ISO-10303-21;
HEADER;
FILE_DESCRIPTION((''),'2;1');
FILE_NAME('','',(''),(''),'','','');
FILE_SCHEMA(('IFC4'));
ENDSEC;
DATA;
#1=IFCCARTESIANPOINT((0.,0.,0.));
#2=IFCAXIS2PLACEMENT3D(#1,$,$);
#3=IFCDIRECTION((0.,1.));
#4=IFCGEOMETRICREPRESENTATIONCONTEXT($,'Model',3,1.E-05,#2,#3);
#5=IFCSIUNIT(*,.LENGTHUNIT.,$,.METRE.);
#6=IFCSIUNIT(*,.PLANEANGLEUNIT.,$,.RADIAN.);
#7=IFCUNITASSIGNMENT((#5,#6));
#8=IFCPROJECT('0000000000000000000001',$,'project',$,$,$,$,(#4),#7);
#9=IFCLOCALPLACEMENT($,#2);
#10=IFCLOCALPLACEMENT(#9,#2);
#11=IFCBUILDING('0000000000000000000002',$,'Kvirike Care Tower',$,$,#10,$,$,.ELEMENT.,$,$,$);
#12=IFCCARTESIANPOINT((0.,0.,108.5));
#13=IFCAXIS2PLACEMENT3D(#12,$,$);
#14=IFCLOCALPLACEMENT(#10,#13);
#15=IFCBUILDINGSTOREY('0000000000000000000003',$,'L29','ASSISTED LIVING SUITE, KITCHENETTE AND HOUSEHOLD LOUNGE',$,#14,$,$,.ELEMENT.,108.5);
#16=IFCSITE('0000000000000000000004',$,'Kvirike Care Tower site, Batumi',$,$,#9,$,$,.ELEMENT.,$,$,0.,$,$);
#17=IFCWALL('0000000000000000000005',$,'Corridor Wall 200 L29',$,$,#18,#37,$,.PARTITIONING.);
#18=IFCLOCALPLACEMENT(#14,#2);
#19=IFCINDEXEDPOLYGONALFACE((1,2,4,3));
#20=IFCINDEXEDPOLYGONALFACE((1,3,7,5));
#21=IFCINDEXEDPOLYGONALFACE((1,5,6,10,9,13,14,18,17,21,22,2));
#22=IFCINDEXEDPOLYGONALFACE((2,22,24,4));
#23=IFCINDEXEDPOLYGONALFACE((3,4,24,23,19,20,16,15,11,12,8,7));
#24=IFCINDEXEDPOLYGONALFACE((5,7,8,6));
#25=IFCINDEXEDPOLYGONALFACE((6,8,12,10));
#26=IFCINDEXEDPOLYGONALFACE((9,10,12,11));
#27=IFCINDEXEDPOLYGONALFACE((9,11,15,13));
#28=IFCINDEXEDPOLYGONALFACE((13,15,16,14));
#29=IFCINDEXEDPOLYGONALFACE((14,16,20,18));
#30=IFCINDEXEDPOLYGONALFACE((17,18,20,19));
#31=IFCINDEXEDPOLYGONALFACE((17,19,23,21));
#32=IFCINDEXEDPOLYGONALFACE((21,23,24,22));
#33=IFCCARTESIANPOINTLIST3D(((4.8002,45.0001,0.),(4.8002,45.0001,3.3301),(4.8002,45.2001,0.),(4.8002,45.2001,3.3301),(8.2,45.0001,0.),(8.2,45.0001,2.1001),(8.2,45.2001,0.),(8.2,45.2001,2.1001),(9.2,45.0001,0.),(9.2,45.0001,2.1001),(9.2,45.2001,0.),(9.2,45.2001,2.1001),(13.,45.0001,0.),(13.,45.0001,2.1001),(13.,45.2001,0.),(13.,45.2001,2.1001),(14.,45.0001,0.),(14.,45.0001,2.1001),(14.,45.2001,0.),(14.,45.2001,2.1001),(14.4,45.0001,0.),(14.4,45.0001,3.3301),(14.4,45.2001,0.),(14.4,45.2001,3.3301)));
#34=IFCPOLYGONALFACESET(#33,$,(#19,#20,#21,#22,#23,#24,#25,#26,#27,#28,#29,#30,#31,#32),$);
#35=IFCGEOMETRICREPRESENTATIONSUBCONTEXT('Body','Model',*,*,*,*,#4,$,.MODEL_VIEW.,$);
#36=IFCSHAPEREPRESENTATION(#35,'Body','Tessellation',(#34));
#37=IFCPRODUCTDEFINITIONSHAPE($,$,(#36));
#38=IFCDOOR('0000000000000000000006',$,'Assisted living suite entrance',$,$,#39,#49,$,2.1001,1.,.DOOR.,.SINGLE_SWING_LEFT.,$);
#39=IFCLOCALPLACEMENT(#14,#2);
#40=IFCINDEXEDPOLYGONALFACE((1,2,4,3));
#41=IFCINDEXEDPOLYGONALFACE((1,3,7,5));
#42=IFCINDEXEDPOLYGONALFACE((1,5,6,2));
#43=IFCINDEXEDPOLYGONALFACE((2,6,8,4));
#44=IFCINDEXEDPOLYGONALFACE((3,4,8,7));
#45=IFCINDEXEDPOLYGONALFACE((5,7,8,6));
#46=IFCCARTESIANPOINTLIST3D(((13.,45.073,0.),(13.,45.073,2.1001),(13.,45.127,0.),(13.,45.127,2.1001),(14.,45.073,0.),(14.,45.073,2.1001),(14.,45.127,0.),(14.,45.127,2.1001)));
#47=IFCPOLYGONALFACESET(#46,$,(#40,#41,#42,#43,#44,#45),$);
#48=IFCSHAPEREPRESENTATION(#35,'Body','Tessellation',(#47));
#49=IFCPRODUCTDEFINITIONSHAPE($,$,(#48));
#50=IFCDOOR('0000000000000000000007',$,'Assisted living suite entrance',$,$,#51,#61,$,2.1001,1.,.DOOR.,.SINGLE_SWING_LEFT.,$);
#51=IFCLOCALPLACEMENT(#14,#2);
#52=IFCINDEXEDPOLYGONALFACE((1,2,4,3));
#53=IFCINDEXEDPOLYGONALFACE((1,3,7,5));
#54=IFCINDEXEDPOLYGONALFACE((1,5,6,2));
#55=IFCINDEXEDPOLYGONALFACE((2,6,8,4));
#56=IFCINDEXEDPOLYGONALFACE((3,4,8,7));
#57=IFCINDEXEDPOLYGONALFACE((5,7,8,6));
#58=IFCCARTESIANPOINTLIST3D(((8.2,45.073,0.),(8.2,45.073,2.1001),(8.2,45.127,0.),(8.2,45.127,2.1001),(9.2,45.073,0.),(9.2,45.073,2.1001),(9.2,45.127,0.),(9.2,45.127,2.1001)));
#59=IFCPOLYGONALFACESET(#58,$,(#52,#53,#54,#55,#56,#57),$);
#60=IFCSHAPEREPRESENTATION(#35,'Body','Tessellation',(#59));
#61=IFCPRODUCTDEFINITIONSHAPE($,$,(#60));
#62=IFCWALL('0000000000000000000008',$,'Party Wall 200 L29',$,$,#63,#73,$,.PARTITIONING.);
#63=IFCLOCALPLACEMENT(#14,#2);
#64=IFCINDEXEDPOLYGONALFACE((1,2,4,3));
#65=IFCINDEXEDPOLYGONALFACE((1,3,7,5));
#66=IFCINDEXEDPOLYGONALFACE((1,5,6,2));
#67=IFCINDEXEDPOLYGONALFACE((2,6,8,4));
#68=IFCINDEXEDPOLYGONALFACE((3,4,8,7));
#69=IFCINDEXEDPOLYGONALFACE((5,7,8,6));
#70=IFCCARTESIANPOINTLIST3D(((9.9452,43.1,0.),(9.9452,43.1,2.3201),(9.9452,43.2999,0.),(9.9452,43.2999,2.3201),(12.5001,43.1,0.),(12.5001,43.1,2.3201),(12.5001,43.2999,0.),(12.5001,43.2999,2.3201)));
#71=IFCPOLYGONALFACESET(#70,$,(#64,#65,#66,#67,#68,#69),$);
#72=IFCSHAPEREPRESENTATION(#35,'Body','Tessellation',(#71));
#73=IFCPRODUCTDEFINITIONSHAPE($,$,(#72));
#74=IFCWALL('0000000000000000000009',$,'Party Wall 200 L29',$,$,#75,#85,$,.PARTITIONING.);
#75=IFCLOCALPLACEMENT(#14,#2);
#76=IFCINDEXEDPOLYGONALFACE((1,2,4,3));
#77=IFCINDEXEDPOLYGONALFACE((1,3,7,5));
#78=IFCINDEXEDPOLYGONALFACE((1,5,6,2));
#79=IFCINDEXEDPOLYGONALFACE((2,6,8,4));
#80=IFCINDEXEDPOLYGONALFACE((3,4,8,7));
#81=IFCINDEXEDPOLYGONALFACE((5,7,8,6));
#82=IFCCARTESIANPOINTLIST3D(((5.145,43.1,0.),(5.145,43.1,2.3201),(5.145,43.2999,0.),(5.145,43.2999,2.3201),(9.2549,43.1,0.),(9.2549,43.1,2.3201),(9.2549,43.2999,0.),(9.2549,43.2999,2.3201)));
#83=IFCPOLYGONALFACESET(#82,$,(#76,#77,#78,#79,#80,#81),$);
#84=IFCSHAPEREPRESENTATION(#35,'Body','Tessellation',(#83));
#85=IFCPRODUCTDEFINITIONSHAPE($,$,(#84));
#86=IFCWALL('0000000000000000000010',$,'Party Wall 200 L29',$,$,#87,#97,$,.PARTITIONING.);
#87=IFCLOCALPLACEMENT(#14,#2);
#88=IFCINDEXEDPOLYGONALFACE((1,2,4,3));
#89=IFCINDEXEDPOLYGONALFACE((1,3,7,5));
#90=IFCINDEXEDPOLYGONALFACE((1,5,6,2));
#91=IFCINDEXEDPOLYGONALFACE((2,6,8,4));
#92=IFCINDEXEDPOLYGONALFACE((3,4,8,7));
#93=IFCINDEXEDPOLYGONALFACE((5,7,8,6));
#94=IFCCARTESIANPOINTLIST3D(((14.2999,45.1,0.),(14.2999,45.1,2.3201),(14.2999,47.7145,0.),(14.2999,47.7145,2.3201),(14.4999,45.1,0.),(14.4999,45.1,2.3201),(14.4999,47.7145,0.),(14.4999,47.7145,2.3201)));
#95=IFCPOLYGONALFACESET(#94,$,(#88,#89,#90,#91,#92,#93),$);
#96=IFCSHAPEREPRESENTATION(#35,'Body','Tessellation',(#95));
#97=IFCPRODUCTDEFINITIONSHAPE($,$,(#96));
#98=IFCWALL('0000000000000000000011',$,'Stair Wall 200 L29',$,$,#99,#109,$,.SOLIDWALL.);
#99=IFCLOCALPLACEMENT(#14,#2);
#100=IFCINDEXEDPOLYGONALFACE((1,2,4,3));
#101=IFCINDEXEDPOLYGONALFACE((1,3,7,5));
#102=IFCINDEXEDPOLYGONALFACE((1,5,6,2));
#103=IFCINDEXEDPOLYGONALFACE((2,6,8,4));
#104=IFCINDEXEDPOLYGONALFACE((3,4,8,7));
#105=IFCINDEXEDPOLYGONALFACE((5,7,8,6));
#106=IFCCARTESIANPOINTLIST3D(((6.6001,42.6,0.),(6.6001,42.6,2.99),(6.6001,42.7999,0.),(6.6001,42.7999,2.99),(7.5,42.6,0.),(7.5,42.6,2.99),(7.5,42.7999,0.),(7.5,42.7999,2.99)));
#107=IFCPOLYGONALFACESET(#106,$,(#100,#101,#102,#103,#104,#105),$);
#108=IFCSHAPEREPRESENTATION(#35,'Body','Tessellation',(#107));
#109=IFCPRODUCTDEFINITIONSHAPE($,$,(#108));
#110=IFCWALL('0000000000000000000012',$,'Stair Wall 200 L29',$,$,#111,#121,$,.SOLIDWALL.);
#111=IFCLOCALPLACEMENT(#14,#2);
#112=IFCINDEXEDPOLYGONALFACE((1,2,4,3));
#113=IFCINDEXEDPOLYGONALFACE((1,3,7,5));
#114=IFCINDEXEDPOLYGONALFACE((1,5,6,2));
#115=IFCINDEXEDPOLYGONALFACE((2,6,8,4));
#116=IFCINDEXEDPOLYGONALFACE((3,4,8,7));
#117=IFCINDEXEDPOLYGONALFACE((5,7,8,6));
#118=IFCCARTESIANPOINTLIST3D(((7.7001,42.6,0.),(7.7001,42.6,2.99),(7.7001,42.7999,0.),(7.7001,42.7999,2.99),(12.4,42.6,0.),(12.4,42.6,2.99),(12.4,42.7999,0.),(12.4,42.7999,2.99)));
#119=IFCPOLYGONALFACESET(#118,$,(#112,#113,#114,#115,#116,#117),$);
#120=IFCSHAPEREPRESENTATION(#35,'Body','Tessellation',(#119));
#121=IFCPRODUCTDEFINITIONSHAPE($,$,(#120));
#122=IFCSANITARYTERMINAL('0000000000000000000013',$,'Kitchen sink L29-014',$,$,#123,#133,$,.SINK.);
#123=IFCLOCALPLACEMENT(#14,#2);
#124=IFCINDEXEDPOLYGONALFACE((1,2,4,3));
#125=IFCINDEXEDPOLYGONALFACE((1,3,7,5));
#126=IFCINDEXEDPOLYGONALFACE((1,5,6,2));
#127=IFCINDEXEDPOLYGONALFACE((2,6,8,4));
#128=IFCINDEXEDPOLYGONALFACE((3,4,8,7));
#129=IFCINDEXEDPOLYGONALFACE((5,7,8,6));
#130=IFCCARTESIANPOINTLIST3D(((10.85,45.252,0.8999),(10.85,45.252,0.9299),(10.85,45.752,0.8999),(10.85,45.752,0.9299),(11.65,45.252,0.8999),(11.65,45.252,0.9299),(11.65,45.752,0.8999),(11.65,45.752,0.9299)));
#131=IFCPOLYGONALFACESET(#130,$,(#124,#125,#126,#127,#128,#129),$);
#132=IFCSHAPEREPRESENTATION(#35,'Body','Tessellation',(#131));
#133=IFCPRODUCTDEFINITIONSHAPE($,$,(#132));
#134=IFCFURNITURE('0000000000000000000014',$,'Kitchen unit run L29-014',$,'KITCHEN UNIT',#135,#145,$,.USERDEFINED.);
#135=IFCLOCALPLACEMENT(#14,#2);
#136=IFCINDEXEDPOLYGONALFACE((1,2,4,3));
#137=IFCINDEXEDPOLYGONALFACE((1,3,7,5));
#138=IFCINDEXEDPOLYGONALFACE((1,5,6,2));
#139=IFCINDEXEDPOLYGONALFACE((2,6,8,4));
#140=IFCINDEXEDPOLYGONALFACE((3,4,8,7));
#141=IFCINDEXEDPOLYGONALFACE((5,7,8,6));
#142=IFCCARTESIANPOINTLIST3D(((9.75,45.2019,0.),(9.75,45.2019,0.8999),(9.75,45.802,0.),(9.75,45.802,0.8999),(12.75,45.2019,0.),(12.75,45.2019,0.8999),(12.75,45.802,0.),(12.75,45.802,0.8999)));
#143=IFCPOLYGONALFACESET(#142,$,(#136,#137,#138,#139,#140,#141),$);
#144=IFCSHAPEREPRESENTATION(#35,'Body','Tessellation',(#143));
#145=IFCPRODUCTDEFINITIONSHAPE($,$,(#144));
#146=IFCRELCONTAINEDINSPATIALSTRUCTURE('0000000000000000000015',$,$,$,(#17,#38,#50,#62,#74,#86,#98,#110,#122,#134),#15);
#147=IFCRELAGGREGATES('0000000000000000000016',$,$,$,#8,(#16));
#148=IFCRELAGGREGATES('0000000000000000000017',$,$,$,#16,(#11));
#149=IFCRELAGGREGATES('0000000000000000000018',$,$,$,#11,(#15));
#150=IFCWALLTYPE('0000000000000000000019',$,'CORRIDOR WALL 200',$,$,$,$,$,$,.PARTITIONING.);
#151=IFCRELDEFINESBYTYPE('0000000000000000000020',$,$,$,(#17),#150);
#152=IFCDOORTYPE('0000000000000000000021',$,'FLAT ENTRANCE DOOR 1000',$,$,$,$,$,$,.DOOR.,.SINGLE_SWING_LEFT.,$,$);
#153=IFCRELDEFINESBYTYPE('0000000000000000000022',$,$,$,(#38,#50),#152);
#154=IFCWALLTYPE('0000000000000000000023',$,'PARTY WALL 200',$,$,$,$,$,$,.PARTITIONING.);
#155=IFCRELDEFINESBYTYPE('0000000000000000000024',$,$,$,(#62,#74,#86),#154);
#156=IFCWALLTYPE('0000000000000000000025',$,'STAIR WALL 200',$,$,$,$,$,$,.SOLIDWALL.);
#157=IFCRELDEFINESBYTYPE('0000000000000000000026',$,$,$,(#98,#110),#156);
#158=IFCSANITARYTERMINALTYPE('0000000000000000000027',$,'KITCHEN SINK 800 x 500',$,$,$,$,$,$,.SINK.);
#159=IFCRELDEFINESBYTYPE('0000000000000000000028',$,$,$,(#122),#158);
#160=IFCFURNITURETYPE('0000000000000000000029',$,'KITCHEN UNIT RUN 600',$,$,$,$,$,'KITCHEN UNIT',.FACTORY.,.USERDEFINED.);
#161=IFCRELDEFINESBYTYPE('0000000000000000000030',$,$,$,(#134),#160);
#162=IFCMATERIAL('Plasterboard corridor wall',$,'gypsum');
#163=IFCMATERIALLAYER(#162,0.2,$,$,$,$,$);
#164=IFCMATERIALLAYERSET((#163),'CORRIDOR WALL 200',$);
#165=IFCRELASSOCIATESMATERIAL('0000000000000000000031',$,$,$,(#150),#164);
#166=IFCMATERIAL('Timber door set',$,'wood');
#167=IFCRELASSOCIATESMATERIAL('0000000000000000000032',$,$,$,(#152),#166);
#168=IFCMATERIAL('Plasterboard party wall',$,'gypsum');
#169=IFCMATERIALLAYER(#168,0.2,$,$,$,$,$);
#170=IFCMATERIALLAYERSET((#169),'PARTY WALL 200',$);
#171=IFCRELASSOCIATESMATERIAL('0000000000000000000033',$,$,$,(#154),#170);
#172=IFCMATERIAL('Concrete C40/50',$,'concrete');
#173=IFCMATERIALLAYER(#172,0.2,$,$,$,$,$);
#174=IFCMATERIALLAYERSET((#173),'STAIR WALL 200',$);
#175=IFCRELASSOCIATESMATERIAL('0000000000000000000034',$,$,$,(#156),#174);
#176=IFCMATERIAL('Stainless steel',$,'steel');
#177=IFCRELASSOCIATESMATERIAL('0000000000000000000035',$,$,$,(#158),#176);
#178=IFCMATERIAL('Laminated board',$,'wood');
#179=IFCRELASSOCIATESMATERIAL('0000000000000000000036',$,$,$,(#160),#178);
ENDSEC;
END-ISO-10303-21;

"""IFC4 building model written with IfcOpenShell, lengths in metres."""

from ifc_helpers import new_model, si_unit, direction, frame, frame_2d, origin, origin_2d, place, context, subcontext, project, spatial, rectangle, extrude, material, layer, layer_set, type_object, element, fill, save


model = new_model("IFC4")

# Units and contexts
model_context = context("Model", 3, precision=1e-05, world=origin(), true_north=direction((0.0, 1.0)))
body_context = subcontext(model_context, "Body", "Model", "MODEL_VIEW")
ifc_project = project(units=[si_unit("LENGTHUNIT", "METRE"), si_unit("PLANEANGLEUNIT", "RADIAN")], contexts=[model_context])

# Site, building, storey
site_placement = place(None, origin())
site = spatial("IfcSite", under=ifc_project, at=site_placement, Name="Kvirike Care Tower site, Batumi", CompositionType="ELEMENT", RefElevation=0.0)
building_placement = place(site_placement, origin())
building = spatial("IfcBuilding", under=site, at=building_placement, Name="Kvirike Care Tower", CompositionType="ELEMENT")
storey_placement = place(building_placement, frame((0.0, 0.0, 108.5)))
storey = spatial("IfcBuildingStorey", under=building, at=storey_placement, Name="L29", Description="ASSISTED LIVING SUITE, KITCHENETTE AND HOUSEHOLD LOUNGE", CompositionType="ELEMENT", Elevation=108.5)

# Wall, openings, doors
ifc_material_1 = material(Name="Plasterboard corridor wall", Category="gypsum")
ifc_layer_1 = layer(ifc_material_1, 0.2)
ifc_layer_set_1 = layer_set([ifc_layer_1], Name="CORRIDOR WALL 200")
wall_type_1 = type_object("IfcWallType", Name="CORRIDOR WALL 200", PredefinedType="PARTITIONING", material=ifc_layer_set_1)
ifc_material_2 = material(Name="Timber door set", Category="wood")
door_type_1 = type_object("IfcDoorType", Name="FLAT ENTRANCE DOOR 1000", OperationType="SINGLE_SWING_LEFT", PredefinedType="DOOR", material=ifc_material_2)
wall_1_placement = place(storey_placement, frame((14.3999, 45.1001, 0.0), z_axis=(0.0, 0.0, 1.0), x_axis=(-1.0, 0.0, 0.0)))
wall_1 = element("IfcWall", 1, at=wall_1_placement, inside=storey, type_object=wall_type_1, Name="Corridor Wall 200 L29", PredefinedType="PARTITIONING", context=body_context, shape_type="SweptSolid", body=[
    extrude(rectangle(XDim=9.5999, YDim=0.2, at=frame_2d((4.7998, 0.0))), origin(), (0.0, 0.0, 1.0), 3.3301),
])
opening_1_placement = place(wall_1_placement, frame((0.3999, 0.0, 0.0)))
opening_1 = element("IfcOpeningElement", 2, at=opening_1_placement, cuts=wall_1, PredefinedType="OPENING", context=body_context, shape_type="SweptSolid", body=[
    extrude(rectangle(XDim=1.0, YDim=2.1001, at=frame_2d((0.5, 1.05))), frame((0.0, 0.1106, 0.0), z_axis=(0.0, -1.0, 0.0), x_axis=(1.0, 0.0, 0.0)), (0.0, 0.0, 1.0), 0.2209),
])
opening_2_placement = place(wall_1_placement, frame((5.2, 0.0, 0.0)))
opening_2 = element("IfcOpeningElement", 3, at=opening_2_placement, cuts=wall_1, PredefinedType="OPENING", context=body_context, shape_type="SweptSolid", body=[
    extrude(rectangle(XDim=1.0, YDim=2.1001, at=frame_2d((0.5, 1.05))), frame((0.0, 0.1106, 0.0), z_axis=(0.0, -1.0, 0.0), x_axis=(1.0, 0.0, 0.0)), (0.0, 0.0, 1.0), 0.2209),
])
door_1_placement = place(opening_1_placement, frame((1.0, 0.0, 0.0), z_axis=(0.0, 0.0, 1.0), x_axis=(-1.0, 0.0, 0.0)))
door_1 = element("IfcDoor", 4, at=door_1_placement, inside=storey, type_object=door_type_1, Name="Assisted living suite entrance", OperationType="SINGLE_SWING_LEFT", OverallHeight=2.1001, OverallWidth=1.0, PredefinedType="DOOR", context=body_context, shape_type="SweptSolid", body=[
    extrude(rectangle(XDim=1.0, YDim=2.1001, at=frame_2d((0.5, 1.05))), frame((0.0, 0.0269, 0.0), z_axis=(0.0, -1.0, 0.0), x_axis=(1.0, 0.0, 0.0)), (0.0, 0.0, 1.0), 0.054),
])
fill(opening_1, door_1)
door_2_placement = place(opening_2_placement, frame((1.0, 0.0, 0.0), z_axis=(0.0, 0.0, 1.0), x_axis=(-1.0, 0.0, 0.0)))
door_2 = element("IfcDoor", 5, at=door_2_placement, inside=storey, type_object=door_type_1, Name="Assisted living suite entrance", OperationType="SINGLE_SWING_LEFT", OverallHeight=2.1001, OverallWidth=1.0, PredefinedType="DOOR", context=body_context, shape_type="SweptSolid", body=[
    extrude(rectangle(XDim=1.0, YDim=2.1001, at=frame_2d((0.5, 1.05))), frame((0.0, 0.0269, 0.0), z_axis=(0.0, -1.0, 0.0), x_axis=(1.0, 0.0, 0.0)), (0.0, 0.0, 1.0), 0.054),
])
fill(opening_2, door_2)

# Walls
ifc_material_3 = material(Name="Plasterboard party wall", Category="gypsum")
ifc_layer_2 = layer(ifc_material_3, 0.2)
ifc_layer_set_2 = layer_set([ifc_layer_2], Name="PARTY WALL 200")
wall_type_2 = type_object("IfcWallType", Name="PARTY WALL 200", PredefinedType="PARTITIONING", material=ifc_layer_set_2)
wall_2_placement = place(storey_placement, frame((12.5, 43.2, 0.0), z_axis=(0.0, 0.0, 1.0), x_axis=(-1.0, 0.0, 0.0)))
element("IfcWall", 6, at=wall_2_placement, inside=storey, type_object=wall_type_2, Name="Party Wall 200 L29", PredefinedType="PARTITIONING", context=body_context, shape_type="SweptSolid", body=[
    extrude(rectangle(XDim=2.5549, YDim=0.2, at=frame_2d((1.2773, 0.0))), origin(), (0.0, 0.0, 1.0), 2.3201),
])
wall_3_placement = place(storey_placement, frame((9.2549, 43.2, 0.0), z_axis=(0.0, 0.0, 1.0), x_axis=(-1.0, 0.0, 0.0)))
element("IfcWall", 7, at=wall_3_placement, inside=storey, type_object=wall_type_2, Name="Party Wall 200 L29", PredefinedType="PARTITIONING", context=body_context, shape_type="SweptSolid", body=[
    extrude(rectangle(XDim=4.1099, YDim=0.2, at=frame_2d((2.0549, 0.0))), origin(), (0.0, 0.0, 1.0), 2.3201),
])
wall_4_placement = place(storey_placement, frame((14.3999, 45.1001, 0.0), z_axis=(0.0, 0.0, 1.0), x_axis=(0.0, 1.0, 0.0)))
element("IfcWall", 8, at=wall_4_placement, inside=storey, type_object=wall_type_2, Name="Party Wall 200 L29", PredefinedType="PARTITIONING", context=body_context, shape_type="SweptSolid", body=[
    extrude(rectangle(XDim=2.6145, YDim=0.2, at=frame_2d((1.3071, 0.0))), origin(), (0.0, 0.0, 1.0), 2.3201),
])
ifc_material_4 = material(Name="Concrete C40/50", Category="concrete")
ifc_layer_3 = layer(ifc_material_4, 0.2)
ifc_layer_set_3 = layer_set([ifc_layer_3], Name="STAIR WALL 200")
wall_type_3 = type_object("IfcWallType", Name="STAIR WALL 200", PredefinedType="SOLIDWALL", material=ifc_layer_set_3)
wall_5_placement = place(storey_placement, frame((6.6001, 42.7, 0.0), z_axis=(0.0, 0.0, 1.0), x_axis=(1.0, 0.0, 0.0)))
element("IfcWall", 9, at=wall_5_placement, inside=storey, type_object=wall_type_3, Name="Stair Wall 200 L29", PredefinedType="SOLIDWALL", context=body_context, shape_type="SweptSolid", body=[
    extrude(rectangle(XDim=0.8999, YDim=0.2, at=frame_2d((0.45, 0.0))), origin(), (0.0, 0.0, 1.0), 2.99),
])
wall_6_placement = place(storey_placement, frame((7.7, 42.7, 0.0), z_axis=(0.0, 0.0, 1.0), x_axis=(1.0, 0.0, 0.0)))
element("IfcWall", 10, at=wall_6_placement, inside=storey, type_object=wall_type_3, Name="Stair Wall 200 L29", PredefinedType="SOLIDWALL", context=body_context, shape_type="SweptSolid", body=[
    extrude(rectangle(XDim=4.7, YDim=0.2, at=frame_2d((2.3501, 0.0))), origin(), (0.0, 0.0, 1.0), 2.99),
])

# Sanitary terminal
ifc_material_5 = material(Name="Stainless steel", Category="steel")
sanitary_terminal_type = type_object("IfcSanitaryTerminalType", Name="KITCHEN SINK 800 x 500", PredefinedType="SINK", material=ifc_material_5)
sanitary_terminal_placement = place(storey_placement, frame((11.25, 45.502, 0.8999), z_axis=(0.0, 0.0, 1.0), x_axis=(-1.0, 0.0, 0.0)))
element("IfcSanitaryTerminal", 11, at=sanitary_terminal_placement, inside=storey, type_object=sanitary_terminal_type, Name="Kitchen sink L29-014", PredefinedType="SINK", context=body_context, shape_type="SweptSolid", body=[
    extrude(rectangle(XDim=0.8, YDim=0.5, at=origin_2d()), origin(), (0.0, 0.0, 1.0), 0.03),
])

# Furniture
ifc_material_6 = material(Name="Laminated board", Category="wood")
furniture_type = type_object("IfcFurnitureType", Name="KITCHEN UNIT RUN 600", ElementType="KITCHEN UNIT", AssemblyPlace="FACTORY", PredefinedType="USERDEFINED", material=ifc_material_6)
furniture_placement = place(storey_placement, frame((11.25, 45.502, 0.0), z_axis=(0.0, 0.0, 1.0), x_axis=(-1.0, 0.0, 0.0)))
element("IfcFurniture", 12, at=furniture_placement, inside=storey, type_object=furniture_type, Name="Kitchen unit run L29-014", ObjectType="KITCHEN UNIT", PredefinedType="USERDEFINED", context=body_context, shape_type="SweptSolid", body=[
    extrude(rectangle(XDim=3.0, YDim=0.6001, at=origin_2d()), origin(), (0.0, 0.0, 1.0), 0.8999),
])

save(model, "model.ifc")
